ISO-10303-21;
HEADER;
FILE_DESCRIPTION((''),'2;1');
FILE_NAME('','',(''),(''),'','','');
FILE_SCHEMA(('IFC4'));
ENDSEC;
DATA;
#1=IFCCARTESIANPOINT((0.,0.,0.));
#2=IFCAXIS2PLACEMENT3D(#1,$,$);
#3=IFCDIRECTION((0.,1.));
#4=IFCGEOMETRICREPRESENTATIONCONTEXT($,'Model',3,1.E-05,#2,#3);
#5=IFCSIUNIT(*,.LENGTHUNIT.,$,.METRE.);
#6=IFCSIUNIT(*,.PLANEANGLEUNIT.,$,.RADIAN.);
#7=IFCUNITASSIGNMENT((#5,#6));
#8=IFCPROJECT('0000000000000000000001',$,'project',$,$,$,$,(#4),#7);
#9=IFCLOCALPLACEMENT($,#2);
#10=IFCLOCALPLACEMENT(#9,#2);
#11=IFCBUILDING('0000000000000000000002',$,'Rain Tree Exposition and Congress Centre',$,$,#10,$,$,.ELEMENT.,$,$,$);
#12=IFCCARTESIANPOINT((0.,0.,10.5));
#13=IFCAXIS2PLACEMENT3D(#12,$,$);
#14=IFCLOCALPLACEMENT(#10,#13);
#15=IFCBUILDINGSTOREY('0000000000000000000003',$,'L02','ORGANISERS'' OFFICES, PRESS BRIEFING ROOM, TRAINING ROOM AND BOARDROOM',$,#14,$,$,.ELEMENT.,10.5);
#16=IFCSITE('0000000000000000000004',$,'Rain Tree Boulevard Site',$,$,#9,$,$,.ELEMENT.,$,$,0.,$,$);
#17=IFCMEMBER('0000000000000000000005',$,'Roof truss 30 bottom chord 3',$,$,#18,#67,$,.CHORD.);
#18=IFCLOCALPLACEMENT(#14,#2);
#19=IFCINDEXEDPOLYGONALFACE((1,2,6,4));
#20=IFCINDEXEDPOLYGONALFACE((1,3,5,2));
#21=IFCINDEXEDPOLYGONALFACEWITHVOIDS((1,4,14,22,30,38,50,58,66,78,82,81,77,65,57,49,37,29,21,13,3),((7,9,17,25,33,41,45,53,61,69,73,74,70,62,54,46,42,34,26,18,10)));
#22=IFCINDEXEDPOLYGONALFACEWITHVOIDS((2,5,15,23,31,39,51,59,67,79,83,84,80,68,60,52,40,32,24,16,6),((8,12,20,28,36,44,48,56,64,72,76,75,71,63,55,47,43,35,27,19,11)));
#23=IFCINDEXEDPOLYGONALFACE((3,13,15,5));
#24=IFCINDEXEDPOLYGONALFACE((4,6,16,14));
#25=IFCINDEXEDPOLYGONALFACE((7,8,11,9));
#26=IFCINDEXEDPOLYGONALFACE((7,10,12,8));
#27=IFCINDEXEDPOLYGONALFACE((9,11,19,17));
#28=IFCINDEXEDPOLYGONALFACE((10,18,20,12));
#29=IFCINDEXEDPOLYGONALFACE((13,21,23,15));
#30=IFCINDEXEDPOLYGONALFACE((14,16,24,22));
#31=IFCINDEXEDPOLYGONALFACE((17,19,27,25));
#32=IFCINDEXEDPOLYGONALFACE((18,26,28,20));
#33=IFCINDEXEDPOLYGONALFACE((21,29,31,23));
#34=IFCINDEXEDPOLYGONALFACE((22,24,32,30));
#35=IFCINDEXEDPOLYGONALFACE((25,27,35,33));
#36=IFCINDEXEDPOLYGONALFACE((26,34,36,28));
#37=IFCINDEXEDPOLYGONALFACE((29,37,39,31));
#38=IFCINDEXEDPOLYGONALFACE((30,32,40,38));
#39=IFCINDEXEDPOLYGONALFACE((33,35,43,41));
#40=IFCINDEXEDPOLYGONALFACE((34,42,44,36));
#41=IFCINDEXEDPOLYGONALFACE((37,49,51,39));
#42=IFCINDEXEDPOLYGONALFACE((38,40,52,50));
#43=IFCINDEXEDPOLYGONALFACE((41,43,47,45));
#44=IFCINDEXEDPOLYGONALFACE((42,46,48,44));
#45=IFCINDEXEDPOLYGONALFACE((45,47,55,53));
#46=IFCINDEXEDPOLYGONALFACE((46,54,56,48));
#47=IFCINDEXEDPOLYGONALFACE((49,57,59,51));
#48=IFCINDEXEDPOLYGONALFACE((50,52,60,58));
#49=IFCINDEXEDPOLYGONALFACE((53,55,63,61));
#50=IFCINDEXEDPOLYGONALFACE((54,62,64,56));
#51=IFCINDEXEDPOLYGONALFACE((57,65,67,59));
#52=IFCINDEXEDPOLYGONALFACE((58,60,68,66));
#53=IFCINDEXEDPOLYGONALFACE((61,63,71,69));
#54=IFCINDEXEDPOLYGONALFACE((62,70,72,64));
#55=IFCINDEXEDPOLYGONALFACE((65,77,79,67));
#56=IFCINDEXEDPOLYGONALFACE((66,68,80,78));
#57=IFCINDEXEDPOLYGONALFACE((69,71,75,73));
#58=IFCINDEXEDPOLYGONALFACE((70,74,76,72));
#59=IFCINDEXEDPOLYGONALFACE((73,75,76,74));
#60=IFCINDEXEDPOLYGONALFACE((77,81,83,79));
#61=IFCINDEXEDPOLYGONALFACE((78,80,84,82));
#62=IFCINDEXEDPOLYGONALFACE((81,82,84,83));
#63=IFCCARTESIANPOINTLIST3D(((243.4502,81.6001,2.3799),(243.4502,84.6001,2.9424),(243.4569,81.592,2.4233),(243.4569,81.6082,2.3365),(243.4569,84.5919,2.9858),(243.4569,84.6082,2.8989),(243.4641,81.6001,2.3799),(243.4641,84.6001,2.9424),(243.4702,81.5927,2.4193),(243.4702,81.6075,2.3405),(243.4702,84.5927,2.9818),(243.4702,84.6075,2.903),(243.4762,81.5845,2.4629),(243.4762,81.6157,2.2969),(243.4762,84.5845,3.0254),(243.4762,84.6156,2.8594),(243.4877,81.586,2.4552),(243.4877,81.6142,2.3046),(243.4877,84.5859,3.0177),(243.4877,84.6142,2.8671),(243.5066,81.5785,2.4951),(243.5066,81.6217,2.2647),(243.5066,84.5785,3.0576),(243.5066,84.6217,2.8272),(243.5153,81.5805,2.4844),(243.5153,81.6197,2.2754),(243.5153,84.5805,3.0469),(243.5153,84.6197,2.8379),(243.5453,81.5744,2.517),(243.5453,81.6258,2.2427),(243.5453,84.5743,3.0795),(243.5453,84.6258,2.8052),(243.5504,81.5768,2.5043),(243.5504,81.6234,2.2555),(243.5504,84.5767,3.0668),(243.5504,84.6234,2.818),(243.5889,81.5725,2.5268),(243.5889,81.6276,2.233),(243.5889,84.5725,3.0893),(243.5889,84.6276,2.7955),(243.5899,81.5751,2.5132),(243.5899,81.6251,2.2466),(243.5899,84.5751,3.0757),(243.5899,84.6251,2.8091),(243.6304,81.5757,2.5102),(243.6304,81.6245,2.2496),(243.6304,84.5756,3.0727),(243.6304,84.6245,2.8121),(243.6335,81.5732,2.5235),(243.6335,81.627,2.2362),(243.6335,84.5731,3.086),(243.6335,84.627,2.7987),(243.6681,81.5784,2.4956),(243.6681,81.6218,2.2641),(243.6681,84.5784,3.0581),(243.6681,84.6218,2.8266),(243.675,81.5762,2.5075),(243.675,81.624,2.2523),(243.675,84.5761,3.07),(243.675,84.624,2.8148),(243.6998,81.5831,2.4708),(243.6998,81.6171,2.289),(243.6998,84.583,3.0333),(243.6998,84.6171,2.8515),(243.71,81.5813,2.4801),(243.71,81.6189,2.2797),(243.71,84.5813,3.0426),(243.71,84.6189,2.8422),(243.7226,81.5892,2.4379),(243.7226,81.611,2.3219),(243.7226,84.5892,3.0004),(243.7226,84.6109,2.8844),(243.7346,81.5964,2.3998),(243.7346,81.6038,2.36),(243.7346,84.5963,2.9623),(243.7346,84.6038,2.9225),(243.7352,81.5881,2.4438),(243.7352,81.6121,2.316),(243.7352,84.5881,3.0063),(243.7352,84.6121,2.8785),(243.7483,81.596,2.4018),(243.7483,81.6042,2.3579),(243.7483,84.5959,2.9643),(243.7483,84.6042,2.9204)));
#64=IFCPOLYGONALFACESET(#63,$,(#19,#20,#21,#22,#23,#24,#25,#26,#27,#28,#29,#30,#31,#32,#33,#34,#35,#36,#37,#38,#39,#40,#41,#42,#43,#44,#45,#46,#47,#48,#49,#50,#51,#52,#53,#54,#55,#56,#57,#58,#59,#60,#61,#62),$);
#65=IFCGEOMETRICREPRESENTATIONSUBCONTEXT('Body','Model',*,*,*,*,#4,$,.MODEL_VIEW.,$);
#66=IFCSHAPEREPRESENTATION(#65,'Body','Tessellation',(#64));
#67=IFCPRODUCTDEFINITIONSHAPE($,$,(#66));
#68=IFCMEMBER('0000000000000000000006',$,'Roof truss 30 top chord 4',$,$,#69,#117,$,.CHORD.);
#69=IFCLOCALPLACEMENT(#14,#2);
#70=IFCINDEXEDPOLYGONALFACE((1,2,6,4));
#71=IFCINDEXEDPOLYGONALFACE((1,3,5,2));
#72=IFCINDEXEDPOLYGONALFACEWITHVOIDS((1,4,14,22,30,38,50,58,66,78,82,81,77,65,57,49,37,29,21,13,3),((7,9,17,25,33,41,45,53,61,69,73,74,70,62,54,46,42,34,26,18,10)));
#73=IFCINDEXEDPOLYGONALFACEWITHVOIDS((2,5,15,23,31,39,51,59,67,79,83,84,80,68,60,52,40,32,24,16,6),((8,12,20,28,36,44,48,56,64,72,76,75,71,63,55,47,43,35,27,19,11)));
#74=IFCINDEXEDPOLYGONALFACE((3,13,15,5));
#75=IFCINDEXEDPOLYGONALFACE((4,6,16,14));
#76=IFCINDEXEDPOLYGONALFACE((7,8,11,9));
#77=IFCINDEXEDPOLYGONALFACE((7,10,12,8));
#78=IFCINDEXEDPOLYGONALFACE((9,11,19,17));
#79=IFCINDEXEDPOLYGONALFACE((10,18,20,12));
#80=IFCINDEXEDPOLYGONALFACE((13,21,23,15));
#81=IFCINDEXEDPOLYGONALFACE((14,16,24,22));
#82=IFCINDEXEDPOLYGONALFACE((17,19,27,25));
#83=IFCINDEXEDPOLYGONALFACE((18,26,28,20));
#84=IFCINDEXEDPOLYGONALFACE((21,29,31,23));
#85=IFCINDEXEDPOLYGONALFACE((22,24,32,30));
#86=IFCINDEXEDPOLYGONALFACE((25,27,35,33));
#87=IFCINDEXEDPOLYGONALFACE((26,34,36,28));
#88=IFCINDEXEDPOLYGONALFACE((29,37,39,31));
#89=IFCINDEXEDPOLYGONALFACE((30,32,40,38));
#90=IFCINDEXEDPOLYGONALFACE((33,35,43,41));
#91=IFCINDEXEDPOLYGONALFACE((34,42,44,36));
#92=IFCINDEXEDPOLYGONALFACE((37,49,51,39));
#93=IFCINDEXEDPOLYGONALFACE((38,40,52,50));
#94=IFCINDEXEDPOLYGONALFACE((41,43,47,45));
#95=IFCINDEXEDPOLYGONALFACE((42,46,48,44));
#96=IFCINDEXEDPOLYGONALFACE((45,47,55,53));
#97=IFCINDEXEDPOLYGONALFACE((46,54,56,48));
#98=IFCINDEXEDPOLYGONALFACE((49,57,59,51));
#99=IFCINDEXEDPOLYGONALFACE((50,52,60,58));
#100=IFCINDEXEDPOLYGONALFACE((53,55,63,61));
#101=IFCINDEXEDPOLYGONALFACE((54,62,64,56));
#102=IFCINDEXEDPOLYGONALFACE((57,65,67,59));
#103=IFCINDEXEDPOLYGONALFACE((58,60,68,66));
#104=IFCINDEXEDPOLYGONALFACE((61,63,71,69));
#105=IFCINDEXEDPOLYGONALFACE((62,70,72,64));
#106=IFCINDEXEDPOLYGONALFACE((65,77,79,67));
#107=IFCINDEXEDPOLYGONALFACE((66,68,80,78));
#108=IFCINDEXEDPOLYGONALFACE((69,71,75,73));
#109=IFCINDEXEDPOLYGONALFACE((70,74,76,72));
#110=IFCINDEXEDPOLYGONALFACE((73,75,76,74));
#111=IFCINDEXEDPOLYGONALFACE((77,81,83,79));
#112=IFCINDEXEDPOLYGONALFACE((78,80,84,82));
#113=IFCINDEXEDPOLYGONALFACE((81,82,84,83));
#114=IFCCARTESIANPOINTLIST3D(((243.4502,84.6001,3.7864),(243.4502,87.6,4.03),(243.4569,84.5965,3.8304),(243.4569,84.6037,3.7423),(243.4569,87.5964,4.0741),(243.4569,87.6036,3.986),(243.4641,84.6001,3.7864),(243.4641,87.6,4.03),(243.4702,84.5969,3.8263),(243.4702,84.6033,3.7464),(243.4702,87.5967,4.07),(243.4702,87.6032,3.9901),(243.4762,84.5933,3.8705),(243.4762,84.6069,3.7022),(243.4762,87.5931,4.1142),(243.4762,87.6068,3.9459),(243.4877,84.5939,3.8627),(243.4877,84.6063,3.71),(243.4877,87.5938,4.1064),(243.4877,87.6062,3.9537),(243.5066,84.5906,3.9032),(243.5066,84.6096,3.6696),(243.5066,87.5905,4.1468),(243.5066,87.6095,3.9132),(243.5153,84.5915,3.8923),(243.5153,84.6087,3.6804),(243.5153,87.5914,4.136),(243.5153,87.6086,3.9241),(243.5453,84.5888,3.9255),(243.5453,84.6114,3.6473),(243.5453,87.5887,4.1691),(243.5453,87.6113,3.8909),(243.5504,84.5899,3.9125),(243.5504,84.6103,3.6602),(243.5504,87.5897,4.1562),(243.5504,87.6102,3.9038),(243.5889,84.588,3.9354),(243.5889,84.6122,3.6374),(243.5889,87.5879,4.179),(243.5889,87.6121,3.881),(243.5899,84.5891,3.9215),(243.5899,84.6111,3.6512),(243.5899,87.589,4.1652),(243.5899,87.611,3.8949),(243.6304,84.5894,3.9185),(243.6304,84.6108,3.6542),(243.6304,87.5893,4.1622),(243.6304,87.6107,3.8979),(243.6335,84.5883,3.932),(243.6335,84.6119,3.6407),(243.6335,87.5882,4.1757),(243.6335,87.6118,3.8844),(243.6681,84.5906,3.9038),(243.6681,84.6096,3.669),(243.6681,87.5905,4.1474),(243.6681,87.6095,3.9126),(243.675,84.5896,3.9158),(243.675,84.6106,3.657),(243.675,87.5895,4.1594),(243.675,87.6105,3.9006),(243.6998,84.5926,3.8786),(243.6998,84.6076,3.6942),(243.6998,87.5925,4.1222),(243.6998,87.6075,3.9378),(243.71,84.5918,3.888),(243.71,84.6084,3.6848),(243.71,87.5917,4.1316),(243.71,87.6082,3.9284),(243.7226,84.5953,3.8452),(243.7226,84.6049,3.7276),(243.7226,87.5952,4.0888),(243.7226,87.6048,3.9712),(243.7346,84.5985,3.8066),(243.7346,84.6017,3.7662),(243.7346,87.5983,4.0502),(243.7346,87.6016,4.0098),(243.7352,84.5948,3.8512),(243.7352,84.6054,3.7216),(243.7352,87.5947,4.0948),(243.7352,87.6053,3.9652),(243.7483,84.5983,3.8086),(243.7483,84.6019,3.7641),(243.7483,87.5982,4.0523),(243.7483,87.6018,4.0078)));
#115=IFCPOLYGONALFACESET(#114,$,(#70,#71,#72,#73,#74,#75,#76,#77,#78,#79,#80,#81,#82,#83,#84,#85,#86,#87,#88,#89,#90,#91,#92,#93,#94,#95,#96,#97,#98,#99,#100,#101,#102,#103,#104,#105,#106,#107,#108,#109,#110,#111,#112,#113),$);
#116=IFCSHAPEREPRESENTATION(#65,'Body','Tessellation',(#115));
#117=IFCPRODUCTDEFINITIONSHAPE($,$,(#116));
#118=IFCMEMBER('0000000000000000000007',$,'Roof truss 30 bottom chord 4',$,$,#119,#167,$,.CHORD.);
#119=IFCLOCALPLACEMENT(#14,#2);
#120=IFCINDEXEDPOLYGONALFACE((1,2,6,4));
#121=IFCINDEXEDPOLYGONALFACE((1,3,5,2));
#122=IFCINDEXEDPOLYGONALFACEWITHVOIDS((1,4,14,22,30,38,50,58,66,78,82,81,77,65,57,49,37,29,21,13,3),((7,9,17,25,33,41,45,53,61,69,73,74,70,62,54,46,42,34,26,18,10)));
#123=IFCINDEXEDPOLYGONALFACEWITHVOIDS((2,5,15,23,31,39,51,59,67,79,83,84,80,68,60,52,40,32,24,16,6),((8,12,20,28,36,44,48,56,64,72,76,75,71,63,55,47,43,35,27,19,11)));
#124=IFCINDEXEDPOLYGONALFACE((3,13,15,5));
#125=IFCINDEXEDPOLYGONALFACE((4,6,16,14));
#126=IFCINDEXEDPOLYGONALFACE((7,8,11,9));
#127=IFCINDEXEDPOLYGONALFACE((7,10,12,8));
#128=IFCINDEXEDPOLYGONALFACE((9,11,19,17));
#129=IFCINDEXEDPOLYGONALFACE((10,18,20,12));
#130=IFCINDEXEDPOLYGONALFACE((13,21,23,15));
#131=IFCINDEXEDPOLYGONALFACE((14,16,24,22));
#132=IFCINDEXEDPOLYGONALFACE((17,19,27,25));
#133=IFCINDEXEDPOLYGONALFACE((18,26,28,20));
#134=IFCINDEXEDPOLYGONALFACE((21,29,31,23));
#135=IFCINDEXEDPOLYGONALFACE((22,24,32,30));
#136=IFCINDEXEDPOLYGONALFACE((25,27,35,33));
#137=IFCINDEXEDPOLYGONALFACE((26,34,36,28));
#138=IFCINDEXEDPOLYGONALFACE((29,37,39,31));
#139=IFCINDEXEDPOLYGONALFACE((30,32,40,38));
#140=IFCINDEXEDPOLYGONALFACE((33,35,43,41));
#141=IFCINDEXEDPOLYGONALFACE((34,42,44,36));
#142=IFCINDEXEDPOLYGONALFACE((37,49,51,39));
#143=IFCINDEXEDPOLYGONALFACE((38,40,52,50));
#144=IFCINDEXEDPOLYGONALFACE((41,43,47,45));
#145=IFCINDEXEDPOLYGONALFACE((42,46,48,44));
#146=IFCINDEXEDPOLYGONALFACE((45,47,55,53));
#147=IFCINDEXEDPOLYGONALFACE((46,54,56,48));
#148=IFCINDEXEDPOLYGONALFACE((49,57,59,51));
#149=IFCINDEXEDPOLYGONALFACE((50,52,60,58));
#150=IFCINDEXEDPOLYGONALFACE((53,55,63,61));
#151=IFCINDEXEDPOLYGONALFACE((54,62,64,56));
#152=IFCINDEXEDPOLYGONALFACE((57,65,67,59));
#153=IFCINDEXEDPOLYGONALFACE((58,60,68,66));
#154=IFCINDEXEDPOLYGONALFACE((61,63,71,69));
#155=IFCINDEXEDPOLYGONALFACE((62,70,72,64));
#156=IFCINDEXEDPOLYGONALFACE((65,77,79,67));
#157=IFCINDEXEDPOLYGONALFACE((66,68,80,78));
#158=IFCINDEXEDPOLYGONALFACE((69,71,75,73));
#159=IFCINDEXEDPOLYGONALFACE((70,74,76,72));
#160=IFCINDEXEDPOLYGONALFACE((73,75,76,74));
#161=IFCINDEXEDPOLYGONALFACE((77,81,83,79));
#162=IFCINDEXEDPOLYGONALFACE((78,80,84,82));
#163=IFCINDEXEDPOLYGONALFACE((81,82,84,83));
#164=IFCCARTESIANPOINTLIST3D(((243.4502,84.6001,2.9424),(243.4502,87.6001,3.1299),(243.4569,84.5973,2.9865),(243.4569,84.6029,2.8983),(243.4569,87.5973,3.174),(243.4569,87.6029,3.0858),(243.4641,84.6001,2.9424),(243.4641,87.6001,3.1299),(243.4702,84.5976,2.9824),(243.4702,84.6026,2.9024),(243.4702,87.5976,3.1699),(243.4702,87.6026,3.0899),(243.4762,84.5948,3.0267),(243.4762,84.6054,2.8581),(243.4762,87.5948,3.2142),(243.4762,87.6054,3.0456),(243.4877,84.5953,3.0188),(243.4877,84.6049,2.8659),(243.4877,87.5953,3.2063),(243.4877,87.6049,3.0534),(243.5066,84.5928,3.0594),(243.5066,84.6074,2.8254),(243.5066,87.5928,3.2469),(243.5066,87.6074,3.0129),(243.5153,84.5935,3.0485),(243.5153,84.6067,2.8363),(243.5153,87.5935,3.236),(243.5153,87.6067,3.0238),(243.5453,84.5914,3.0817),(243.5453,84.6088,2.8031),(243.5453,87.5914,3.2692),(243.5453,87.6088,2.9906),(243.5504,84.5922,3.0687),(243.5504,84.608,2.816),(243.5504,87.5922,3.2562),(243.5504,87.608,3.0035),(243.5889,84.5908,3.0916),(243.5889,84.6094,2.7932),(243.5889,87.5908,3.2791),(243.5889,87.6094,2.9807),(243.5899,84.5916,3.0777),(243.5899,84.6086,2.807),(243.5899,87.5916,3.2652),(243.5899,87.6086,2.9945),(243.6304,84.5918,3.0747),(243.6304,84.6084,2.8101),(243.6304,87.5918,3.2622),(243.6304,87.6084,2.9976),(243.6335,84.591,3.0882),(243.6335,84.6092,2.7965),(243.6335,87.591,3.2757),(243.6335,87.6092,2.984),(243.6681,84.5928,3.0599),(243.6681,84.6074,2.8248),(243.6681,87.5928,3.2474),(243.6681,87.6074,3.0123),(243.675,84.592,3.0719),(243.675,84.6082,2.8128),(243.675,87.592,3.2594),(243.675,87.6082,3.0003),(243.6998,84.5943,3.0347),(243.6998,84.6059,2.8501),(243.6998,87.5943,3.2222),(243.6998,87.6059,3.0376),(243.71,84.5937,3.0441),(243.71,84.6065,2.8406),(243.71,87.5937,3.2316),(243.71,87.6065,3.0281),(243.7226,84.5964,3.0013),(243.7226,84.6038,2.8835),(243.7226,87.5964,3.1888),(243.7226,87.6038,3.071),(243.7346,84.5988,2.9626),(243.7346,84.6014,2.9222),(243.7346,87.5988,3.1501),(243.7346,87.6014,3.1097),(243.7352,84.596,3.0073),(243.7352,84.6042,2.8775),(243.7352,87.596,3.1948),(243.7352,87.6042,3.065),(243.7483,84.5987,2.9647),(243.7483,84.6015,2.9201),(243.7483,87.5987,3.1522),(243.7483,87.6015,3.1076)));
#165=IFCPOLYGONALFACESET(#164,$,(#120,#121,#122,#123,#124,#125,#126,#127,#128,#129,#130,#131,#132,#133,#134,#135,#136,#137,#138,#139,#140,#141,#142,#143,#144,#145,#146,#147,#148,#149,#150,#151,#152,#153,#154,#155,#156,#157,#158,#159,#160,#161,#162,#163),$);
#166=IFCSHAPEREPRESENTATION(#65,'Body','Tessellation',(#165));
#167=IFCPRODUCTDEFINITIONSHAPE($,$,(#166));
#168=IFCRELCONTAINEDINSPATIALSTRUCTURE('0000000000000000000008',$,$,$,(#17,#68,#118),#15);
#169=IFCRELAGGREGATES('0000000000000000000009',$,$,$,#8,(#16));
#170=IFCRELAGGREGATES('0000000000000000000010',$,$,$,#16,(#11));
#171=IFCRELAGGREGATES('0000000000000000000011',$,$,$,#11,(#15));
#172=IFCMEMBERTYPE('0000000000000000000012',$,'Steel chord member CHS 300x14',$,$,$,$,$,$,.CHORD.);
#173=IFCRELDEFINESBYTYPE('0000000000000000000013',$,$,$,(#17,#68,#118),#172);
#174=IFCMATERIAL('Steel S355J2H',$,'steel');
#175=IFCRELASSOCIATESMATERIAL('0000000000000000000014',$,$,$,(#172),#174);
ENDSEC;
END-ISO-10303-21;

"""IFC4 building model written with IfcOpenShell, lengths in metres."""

from ifc_helpers import new_model, si_unit, direction, frame, origin, origin_2d, place, context, subcontext, project, spatial, hollow_circle, extrude, material, material_profile, profile_set, type_object, element, save


model = new_model("IFC4")

# Units and contexts
model_context = context("Model", 3, precision=1e-05, world=origin(), true_north=direction((0.0, 1.0)))
body_context = subcontext(model_context, "Body", "Model", "MODEL_VIEW")
ifc_project = project(units=[si_unit("LENGTHUNIT", "METRE"), si_unit("PLANEANGLEUNIT", "RADIAN")], contexts=[model_context])

# Site, building, storey
site_placement = place(None, origin())
site = spatial("IfcSite", under=ifc_project, at=site_placement, Name="Rain Tree Boulevard Site", CompositionType="ELEMENT", RefElevation=0.0)
building_placement = place(site_placement, origin())
building = spatial("IfcBuilding", under=site, at=building_placement, Name="Rain Tree Exposition and Congress Centre", CompositionType="ELEMENT")
storey_placement = place(building_placement, frame((0.0, 0.0, 10.5)))
storey = spatial("IfcBuildingStorey", under=building, at=storey_placement, Name="L02", Description="ORGANISERS' OFFICES, PRESS BRIEFING ROOM, TRAINING ROOM AND BOARDROOM", CompositionType="ELEMENT", Elevation=10.5)

# Members
ifc_material_1 = material(Name="Steel S355J2H", Category="steel")
ifc_material_profile_1 = material_profile(ifc_material_1, hollow_circle(Radius=0.1499, WallThickness=0.0139, at=origin_2d()), Name="CHS 300x14")
ifc_profile_set_1 = profile_set([ifc_material_profile_1], Name="Steel S355J2H")
member_type_1 = type_object("IfcMemberType", Name="Steel chord member CHS 300x14", PredefinedType="CHORD", material=ifc_profile_set_1)
member_1_placement = place(storey_placement, frame((243.6001, 81.6001, 2.3799), z_axis=(0.0, 0.982872, 0.184289), x_axis=(-1.0, 0.0, 0.0)))
element("IfcMember", 1, at=member_1_placement, inside=storey, type_object=member_type_1, Name="Roof truss 30 bottom chord 3", PredefinedType="CHORD", context=body_context, shape_type="SweptSolid", body=[
    extrude(hollow_circle(Radius=0.1499, WallThickness=0.0139, at=origin_2d()), origin(), (0.0, 0.0, 1.0), 3.0522),
])
member_2_placement = place(storey_placement, frame((243.6001, 84.6001, 3.7864), z_axis=(0.0, 0.996718, 0.080951), x_axis=(-1.0, 0.0, 0.0)))
element("IfcMember", 2, at=member_2_placement, inside=storey, type_object=member_type_1, Name="Roof truss 30 top chord 4", PredefinedType="CHORD", context=body_context, shape_type="SweptSolid", body=[
    extrude(hollow_circle(Radius=0.1499, WallThickness=0.0139, at=origin_2d()), origin(), (0.0, 0.0, 1.0), 3.0098),
])
member_3_placement = place(storey_placement, frame((243.6001, 84.6001, 2.9424), z_axis=(0.0, 0.998053, 0.062378), x_axis=(-1.0, 0.0, 0.0)))
element("IfcMember", 3, at=member_3_placement, inside=storey, type_object=member_type_1, Name="Roof truss 30 bottom chord 4", PredefinedType="CHORD", context=body_context, shape_type="SweptSolid", body=[
    extrude(hollow_circle(Radius=0.1499, WallThickness=0.0139, at=origin_2d()), origin(), (0.0, 0.0, 1.0), 3.0059),
])

save(model, "model.ifc")
